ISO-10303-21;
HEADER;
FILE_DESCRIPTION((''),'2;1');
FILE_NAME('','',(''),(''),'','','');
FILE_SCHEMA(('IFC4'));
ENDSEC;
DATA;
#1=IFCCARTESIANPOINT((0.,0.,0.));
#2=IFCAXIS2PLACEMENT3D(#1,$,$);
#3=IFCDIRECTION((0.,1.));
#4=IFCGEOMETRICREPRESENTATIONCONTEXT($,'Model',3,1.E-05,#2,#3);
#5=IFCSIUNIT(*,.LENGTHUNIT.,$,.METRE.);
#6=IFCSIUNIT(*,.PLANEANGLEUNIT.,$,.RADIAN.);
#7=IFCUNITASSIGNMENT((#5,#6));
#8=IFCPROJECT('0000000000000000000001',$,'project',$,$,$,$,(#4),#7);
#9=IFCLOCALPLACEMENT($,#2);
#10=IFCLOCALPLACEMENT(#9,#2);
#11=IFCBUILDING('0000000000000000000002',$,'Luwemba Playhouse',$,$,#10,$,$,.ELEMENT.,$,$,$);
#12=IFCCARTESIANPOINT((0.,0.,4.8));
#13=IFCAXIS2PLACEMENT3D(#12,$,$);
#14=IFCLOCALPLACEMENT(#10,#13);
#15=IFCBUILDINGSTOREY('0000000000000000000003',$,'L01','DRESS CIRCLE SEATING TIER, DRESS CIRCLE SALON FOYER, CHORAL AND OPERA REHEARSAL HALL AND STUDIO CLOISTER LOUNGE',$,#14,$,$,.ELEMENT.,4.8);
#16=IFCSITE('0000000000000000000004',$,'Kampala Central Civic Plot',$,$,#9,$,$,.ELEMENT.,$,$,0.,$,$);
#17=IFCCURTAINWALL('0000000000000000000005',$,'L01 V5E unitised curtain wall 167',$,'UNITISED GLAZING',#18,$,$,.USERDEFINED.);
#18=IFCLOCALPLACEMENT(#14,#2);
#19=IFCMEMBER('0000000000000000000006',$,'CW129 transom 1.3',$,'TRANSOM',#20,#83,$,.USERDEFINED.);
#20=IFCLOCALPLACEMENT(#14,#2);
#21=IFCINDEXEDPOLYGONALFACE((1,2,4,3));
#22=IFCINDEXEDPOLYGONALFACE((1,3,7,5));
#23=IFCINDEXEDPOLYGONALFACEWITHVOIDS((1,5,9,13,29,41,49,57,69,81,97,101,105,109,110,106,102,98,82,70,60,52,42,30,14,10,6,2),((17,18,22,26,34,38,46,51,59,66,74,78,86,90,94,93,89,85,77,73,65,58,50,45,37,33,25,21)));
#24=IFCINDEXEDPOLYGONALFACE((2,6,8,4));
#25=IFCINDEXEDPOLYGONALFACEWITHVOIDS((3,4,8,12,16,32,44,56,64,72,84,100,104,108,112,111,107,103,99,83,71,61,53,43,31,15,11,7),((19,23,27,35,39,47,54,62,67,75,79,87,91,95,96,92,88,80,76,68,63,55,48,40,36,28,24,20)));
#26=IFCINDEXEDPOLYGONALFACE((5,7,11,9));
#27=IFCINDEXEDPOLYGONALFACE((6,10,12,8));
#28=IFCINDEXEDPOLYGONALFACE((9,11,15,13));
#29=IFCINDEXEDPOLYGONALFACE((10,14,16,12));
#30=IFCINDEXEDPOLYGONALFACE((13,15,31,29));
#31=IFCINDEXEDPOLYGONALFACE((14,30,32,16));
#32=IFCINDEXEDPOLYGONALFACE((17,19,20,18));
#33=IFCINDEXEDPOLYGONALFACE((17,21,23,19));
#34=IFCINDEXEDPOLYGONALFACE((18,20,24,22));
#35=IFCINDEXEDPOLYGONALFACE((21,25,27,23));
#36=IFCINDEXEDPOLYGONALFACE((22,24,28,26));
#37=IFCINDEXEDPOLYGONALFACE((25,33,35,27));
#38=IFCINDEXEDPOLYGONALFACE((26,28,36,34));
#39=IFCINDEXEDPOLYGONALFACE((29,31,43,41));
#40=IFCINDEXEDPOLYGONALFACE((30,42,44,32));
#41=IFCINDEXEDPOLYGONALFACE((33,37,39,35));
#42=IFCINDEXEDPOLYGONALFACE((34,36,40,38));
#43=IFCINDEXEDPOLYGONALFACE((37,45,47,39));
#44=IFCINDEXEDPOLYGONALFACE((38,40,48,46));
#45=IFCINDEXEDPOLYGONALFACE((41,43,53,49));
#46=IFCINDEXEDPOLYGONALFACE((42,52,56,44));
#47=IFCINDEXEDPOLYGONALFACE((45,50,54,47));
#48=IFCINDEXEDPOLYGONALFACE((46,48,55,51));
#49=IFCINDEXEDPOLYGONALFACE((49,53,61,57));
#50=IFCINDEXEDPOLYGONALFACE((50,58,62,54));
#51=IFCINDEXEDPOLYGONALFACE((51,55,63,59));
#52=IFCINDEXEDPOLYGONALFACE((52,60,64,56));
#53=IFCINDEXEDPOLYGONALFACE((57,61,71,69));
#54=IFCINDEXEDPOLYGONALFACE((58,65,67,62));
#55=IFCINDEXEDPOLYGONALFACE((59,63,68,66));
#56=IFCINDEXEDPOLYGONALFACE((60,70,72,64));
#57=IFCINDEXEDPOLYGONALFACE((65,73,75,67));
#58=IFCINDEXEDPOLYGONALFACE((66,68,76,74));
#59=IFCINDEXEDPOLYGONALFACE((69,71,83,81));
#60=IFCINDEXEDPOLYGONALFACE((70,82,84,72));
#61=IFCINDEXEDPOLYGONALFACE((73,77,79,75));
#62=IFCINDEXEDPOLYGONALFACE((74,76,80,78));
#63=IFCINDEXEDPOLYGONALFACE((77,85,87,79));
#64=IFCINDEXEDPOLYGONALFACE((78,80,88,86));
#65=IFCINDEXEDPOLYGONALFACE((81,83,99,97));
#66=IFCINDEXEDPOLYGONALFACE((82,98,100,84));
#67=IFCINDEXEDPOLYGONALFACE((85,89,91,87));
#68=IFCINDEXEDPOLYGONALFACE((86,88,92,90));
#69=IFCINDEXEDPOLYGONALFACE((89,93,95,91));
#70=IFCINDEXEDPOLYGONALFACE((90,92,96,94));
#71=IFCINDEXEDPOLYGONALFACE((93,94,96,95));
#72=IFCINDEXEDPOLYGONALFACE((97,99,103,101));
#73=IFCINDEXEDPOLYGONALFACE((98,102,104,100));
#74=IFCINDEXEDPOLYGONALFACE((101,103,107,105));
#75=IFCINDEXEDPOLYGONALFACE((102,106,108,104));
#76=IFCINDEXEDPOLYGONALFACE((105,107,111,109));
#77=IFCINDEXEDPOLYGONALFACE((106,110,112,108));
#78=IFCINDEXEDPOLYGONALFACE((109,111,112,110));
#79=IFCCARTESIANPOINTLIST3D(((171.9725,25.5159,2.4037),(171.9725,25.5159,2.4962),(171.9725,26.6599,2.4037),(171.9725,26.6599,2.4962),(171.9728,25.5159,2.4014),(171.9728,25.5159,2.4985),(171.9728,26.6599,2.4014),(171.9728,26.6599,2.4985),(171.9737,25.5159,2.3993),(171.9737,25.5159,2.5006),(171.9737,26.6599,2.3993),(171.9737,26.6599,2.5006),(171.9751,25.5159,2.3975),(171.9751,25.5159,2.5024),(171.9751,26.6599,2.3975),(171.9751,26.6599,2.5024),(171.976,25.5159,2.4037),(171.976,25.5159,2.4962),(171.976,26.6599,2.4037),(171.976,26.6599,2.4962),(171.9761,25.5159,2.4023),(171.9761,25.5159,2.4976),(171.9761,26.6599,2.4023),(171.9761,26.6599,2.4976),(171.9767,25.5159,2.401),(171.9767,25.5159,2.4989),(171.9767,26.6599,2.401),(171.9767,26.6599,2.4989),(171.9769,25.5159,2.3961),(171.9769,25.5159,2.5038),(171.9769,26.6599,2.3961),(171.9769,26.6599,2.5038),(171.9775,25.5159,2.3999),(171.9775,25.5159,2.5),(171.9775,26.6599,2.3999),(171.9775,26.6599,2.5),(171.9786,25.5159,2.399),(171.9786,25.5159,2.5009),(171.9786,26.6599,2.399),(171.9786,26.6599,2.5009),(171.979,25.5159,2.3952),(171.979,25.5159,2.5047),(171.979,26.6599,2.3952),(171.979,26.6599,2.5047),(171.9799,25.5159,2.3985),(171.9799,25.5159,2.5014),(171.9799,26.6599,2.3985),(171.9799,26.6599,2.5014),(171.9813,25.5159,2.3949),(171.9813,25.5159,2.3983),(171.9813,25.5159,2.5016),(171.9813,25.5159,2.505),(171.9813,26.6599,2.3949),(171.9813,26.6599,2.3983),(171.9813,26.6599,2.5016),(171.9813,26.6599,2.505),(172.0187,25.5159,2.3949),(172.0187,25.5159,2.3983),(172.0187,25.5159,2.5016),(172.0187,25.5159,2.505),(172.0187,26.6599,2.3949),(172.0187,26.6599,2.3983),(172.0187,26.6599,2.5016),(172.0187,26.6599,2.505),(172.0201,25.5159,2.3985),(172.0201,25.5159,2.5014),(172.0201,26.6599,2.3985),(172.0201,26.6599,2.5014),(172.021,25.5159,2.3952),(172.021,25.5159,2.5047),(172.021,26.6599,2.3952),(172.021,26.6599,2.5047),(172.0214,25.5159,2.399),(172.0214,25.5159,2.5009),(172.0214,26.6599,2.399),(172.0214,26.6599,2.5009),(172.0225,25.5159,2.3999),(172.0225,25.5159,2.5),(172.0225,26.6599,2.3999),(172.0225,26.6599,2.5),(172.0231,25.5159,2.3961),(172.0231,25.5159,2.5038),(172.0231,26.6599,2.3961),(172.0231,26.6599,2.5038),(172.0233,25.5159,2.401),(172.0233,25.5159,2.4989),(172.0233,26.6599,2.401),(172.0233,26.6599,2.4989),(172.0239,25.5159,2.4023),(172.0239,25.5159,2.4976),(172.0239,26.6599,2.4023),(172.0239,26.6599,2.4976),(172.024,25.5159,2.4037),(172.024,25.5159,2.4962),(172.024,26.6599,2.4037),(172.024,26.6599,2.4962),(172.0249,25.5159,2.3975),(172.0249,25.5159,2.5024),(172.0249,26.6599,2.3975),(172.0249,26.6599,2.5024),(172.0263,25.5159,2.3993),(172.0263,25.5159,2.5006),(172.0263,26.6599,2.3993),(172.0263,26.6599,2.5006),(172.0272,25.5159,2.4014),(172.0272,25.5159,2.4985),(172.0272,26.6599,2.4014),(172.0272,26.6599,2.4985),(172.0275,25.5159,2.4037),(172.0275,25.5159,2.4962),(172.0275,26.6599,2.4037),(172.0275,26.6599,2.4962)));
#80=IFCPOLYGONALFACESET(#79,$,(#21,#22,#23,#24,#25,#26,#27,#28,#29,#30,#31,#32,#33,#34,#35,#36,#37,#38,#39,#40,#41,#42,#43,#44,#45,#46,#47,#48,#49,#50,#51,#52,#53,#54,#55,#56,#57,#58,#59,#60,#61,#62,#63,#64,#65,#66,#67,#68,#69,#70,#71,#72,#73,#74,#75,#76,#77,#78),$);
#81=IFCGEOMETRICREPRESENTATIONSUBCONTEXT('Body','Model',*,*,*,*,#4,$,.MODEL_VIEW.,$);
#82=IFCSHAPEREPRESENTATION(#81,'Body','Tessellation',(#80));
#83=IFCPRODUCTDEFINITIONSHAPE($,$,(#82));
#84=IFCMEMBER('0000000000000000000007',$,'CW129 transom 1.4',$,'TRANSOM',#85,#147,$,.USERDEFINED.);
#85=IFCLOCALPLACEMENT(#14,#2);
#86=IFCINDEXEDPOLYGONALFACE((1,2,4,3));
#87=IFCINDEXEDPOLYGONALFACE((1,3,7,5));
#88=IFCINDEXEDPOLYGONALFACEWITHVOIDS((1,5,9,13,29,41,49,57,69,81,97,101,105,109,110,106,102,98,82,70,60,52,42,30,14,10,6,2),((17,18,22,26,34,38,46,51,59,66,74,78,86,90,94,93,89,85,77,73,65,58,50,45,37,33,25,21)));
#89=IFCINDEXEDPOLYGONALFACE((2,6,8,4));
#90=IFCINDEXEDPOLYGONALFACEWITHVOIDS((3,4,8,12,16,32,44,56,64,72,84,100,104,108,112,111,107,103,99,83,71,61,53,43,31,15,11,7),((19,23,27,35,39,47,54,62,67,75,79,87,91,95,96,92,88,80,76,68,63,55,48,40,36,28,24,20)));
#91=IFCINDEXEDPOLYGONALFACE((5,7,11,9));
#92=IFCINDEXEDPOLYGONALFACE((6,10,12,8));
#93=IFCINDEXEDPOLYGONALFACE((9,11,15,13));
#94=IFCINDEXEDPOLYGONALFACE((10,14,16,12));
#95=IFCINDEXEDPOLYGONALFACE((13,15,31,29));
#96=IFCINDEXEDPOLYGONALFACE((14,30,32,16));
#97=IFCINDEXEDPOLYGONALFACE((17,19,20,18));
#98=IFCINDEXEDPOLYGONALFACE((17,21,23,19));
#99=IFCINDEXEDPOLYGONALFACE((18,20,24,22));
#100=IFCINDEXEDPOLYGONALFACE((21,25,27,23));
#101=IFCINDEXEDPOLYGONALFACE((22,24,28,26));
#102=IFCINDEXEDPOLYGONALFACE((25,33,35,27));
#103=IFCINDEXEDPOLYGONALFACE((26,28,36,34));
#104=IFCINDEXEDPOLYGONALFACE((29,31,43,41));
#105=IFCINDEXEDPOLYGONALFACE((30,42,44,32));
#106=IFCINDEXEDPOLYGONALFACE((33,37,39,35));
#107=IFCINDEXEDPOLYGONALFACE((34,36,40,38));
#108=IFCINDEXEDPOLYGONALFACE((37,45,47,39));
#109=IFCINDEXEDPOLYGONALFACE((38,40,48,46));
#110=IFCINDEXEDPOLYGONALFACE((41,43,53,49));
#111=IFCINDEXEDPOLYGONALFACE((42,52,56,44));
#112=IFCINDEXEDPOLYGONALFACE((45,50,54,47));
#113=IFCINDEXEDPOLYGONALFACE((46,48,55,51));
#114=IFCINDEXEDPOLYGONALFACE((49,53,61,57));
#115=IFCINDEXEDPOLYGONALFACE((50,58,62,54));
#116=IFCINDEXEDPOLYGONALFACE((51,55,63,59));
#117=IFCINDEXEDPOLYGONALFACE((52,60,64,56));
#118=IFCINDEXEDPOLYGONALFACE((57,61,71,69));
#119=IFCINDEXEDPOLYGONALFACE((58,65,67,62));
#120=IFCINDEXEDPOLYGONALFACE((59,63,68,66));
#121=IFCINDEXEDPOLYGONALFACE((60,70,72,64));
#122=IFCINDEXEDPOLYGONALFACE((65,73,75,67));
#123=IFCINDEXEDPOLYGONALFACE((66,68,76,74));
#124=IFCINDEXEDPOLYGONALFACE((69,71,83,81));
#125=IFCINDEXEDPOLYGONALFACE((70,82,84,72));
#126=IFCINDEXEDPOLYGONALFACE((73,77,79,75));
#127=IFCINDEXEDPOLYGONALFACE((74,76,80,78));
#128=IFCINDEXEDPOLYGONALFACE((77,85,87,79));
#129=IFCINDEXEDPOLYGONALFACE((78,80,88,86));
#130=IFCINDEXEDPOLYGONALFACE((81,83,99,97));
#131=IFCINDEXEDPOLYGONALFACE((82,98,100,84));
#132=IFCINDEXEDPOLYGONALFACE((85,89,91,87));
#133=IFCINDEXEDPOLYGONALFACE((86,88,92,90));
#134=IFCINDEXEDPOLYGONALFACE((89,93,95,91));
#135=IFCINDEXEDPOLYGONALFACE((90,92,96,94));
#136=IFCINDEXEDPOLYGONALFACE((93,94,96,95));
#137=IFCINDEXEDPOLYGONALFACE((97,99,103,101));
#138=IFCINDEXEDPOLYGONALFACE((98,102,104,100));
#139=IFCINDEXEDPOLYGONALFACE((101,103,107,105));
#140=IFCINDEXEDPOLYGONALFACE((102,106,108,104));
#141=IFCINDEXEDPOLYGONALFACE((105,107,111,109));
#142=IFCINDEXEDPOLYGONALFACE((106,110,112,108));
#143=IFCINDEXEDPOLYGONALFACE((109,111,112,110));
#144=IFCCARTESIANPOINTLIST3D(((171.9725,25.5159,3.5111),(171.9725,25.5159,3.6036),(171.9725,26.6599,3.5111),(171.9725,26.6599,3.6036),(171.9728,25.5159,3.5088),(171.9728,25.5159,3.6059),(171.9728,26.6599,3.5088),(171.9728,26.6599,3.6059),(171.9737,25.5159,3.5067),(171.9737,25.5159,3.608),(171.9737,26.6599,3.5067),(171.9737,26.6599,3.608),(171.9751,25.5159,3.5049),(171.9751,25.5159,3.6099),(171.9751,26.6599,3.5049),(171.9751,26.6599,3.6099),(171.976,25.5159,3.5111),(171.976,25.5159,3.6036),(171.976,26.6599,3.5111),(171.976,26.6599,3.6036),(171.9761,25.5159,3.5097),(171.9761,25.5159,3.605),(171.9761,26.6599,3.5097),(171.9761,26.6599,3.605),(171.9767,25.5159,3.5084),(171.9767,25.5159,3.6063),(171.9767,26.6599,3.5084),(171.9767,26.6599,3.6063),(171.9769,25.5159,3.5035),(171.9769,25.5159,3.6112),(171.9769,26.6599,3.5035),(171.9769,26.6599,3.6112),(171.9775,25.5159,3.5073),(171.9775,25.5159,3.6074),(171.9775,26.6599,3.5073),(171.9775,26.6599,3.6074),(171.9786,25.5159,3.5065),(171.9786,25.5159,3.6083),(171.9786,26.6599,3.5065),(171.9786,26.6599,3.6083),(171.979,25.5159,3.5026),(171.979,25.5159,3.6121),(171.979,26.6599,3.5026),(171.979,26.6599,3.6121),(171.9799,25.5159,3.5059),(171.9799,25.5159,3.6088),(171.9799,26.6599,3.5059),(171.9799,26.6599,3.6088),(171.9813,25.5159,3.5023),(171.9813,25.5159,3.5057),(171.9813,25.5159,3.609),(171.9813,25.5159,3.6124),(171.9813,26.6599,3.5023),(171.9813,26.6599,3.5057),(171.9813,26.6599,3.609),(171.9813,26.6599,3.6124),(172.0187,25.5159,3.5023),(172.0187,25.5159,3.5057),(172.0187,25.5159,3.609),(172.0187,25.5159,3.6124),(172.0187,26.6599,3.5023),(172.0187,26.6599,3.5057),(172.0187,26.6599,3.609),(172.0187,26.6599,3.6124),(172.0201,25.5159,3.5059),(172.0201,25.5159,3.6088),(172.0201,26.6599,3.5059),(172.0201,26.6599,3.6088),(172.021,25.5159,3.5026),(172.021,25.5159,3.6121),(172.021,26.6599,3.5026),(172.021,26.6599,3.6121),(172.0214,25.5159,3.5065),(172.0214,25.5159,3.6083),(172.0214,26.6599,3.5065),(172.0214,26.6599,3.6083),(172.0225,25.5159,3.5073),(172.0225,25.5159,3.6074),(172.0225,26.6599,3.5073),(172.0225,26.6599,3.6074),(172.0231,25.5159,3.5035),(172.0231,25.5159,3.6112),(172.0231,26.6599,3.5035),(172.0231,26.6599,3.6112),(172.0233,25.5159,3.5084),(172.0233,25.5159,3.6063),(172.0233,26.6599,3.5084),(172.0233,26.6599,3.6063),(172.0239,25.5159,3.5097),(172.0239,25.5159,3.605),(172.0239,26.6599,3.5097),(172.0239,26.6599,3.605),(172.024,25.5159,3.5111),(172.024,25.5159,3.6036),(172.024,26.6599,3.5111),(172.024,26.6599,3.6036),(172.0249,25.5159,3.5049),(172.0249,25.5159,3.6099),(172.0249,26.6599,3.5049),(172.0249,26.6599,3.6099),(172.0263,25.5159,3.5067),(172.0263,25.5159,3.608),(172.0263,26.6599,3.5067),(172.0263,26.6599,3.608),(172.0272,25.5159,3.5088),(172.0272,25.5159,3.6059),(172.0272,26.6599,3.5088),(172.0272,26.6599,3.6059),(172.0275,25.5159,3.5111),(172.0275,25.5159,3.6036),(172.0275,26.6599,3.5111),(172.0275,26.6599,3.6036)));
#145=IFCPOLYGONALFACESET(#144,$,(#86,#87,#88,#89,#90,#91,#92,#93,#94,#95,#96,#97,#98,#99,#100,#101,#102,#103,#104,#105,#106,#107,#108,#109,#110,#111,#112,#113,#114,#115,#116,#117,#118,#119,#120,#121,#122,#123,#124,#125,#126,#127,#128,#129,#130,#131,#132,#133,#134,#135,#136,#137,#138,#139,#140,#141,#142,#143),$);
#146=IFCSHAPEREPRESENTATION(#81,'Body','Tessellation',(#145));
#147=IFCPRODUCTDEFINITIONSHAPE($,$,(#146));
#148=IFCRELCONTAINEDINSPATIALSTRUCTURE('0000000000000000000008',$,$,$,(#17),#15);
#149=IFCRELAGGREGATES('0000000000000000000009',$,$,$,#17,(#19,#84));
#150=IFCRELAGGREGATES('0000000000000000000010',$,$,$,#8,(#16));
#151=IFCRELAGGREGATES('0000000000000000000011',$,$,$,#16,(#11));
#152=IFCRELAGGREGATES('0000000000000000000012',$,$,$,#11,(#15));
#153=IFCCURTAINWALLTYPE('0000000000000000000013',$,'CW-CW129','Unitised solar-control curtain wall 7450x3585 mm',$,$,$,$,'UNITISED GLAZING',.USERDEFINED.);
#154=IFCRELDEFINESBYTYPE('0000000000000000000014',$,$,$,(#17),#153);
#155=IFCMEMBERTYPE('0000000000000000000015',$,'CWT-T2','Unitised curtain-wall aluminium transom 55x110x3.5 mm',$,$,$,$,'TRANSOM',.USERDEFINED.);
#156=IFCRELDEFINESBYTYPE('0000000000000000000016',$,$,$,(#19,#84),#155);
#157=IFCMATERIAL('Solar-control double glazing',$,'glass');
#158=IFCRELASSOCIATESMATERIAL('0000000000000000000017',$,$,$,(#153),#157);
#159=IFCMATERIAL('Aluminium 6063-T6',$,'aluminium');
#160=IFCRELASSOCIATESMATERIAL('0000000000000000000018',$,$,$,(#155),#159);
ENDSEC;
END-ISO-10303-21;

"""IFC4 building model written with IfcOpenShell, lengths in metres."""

from ifc_helpers import new_model, si_unit, direction, frame, origin, origin_2d, place, context, subcontext, project, spatial, hollow_rectangle, extrude, material, material_profile, profile_set, type_object, element, aggregate, save


model = new_model("IFC4")

# Units and contexts
model_context = context("Model", 3, precision=1e-05, world=origin(), true_north=direction((0.0, 1.0)))
body_context = subcontext(model_context, "Body", "Model", "MODEL_VIEW")
ifc_project = project(units=[si_unit("LENGTHUNIT", "METRE"), si_unit("PLANEANGLEUNIT", "RADIAN")], contexts=[model_context])

# Site, building, storey
site_placement = place(None, origin())
site = spatial("IfcSite", under=ifc_project, at=site_placement, Name="Kampala Central Civic Plot", CompositionType="ELEMENT", RefElevation=0.0)
building_placement = place(site_placement, origin())
building = spatial("IfcBuilding", under=site, at=building_placement, Name="Luwemba Playhouse", CompositionType="ELEMENT")
storey_placement = place(building_placement, frame((0.0, 0.0, 4.8)))
storey = spatial("IfcBuildingStorey", under=building, at=storey_placement, Name="L01", Description="DRESS CIRCLE SEATING TIER, DRESS CIRCLE SALON FOYER, CHORAL AND OPERA REHEARSAL HALL AND STUDIO CLOISTER LOUNGE", CompositionType="ELEMENT", Elevation=4.8)

# Curtain wall, members
ifc_material_1 = material(Name="Solar-control double glazing", Category="glass")
curtain_wall_type = type_object("IfcCurtainWallType", Name="CW-CW129", Description="Unitised solar-control curtain wall 7450x3585 mm", ElementType="UNITISED GLAZING", PredefinedType="USERDEFINED", material=ifc_material_1)
curtain_wall_placement = place(storey_placement, origin())
curtain_wall = element("IfcCurtainWall", 1, at=curtain_wall_placement, inside=storey, type_object=curtain_wall_type, Name="L01 V5E unitised curtain wall 167", ObjectType="UNITISED GLAZING", PredefinedType="USERDEFINED")
ifc_material_2 = material(Name="Aluminium 6063-T6", Category="aluminium")
ifc_material_profile_1 = material_profile(ifc_material_2, hollow_rectangle(XDim=0.0549, YDim=0.1101, WallThickness=0.0034, InnerFilletRadius=0.0054, OuterFilletRadius=0.0088, at=origin_2d()))
ifc_profile_set_1 = profile_set([ifc_material_profile_1], Name="Aluminium 6063-T6")
member_type_1 = type_object("IfcMemberType", Name="CWT-T2", Description="Unitised curtain-wall aluminium transom 55x110x3.5 mm", ElementType="TRANSOM", PredefinedType="USERDEFINED", material=ifc_profile_set_1)
member_1_placement = place(storey_placement, frame((172.0, 26.6599, 2.45), z_axis=(0.0, -1.0, 0.0), x_axis=(1.0, 0.0, 0.0)))
member_1 = element("IfcMember", 2, at=member_1_placement, type_object=member_type_1, Name="CW129 transom 1.3", ObjectType="TRANSOM", PredefinedType="USERDEFINED", context=body_context, shape_type="SweptSolid", body=[
    extrude(hollow_rectangle(XDim=0.0549, YDim=0.1101, WallThickness=0.0034, InnerFilletRadius=0.0054, OuterFilletRadius=0.0088, at=origin_2d()), origin(), (0.0, 0.0, 1.0), 1.144),
])
member_2_placement = place(storey_placement, frame((172.0, 26.6599, 3.5574), z_axis=(0.0, -1.0, 0.0), x_axis=(1.0, 0.0, 0.0)))
member_2 = element("IfcMember", 3, at=member_2_placement, type_object=member_type_1, Name="CW129 transom 1.4", ObjectType="TRANSOM", PredefinedType="USERDEFINED", context=body_context, shape_type="SweptSolid", body=[
    extrude(hollow_rectangle(XDim=0.0549, YDim=0.1101, WallThickness=0.0034, InnerFilletRadius=0.0054, OuterFilletRadius=0.0088, at=origin_2d()), origin(), (0.0, 0.0, 1.0), 1.144),
])

aggregate(curtain_wall, [member_1, member_2])

save(model, "model.ifc")
